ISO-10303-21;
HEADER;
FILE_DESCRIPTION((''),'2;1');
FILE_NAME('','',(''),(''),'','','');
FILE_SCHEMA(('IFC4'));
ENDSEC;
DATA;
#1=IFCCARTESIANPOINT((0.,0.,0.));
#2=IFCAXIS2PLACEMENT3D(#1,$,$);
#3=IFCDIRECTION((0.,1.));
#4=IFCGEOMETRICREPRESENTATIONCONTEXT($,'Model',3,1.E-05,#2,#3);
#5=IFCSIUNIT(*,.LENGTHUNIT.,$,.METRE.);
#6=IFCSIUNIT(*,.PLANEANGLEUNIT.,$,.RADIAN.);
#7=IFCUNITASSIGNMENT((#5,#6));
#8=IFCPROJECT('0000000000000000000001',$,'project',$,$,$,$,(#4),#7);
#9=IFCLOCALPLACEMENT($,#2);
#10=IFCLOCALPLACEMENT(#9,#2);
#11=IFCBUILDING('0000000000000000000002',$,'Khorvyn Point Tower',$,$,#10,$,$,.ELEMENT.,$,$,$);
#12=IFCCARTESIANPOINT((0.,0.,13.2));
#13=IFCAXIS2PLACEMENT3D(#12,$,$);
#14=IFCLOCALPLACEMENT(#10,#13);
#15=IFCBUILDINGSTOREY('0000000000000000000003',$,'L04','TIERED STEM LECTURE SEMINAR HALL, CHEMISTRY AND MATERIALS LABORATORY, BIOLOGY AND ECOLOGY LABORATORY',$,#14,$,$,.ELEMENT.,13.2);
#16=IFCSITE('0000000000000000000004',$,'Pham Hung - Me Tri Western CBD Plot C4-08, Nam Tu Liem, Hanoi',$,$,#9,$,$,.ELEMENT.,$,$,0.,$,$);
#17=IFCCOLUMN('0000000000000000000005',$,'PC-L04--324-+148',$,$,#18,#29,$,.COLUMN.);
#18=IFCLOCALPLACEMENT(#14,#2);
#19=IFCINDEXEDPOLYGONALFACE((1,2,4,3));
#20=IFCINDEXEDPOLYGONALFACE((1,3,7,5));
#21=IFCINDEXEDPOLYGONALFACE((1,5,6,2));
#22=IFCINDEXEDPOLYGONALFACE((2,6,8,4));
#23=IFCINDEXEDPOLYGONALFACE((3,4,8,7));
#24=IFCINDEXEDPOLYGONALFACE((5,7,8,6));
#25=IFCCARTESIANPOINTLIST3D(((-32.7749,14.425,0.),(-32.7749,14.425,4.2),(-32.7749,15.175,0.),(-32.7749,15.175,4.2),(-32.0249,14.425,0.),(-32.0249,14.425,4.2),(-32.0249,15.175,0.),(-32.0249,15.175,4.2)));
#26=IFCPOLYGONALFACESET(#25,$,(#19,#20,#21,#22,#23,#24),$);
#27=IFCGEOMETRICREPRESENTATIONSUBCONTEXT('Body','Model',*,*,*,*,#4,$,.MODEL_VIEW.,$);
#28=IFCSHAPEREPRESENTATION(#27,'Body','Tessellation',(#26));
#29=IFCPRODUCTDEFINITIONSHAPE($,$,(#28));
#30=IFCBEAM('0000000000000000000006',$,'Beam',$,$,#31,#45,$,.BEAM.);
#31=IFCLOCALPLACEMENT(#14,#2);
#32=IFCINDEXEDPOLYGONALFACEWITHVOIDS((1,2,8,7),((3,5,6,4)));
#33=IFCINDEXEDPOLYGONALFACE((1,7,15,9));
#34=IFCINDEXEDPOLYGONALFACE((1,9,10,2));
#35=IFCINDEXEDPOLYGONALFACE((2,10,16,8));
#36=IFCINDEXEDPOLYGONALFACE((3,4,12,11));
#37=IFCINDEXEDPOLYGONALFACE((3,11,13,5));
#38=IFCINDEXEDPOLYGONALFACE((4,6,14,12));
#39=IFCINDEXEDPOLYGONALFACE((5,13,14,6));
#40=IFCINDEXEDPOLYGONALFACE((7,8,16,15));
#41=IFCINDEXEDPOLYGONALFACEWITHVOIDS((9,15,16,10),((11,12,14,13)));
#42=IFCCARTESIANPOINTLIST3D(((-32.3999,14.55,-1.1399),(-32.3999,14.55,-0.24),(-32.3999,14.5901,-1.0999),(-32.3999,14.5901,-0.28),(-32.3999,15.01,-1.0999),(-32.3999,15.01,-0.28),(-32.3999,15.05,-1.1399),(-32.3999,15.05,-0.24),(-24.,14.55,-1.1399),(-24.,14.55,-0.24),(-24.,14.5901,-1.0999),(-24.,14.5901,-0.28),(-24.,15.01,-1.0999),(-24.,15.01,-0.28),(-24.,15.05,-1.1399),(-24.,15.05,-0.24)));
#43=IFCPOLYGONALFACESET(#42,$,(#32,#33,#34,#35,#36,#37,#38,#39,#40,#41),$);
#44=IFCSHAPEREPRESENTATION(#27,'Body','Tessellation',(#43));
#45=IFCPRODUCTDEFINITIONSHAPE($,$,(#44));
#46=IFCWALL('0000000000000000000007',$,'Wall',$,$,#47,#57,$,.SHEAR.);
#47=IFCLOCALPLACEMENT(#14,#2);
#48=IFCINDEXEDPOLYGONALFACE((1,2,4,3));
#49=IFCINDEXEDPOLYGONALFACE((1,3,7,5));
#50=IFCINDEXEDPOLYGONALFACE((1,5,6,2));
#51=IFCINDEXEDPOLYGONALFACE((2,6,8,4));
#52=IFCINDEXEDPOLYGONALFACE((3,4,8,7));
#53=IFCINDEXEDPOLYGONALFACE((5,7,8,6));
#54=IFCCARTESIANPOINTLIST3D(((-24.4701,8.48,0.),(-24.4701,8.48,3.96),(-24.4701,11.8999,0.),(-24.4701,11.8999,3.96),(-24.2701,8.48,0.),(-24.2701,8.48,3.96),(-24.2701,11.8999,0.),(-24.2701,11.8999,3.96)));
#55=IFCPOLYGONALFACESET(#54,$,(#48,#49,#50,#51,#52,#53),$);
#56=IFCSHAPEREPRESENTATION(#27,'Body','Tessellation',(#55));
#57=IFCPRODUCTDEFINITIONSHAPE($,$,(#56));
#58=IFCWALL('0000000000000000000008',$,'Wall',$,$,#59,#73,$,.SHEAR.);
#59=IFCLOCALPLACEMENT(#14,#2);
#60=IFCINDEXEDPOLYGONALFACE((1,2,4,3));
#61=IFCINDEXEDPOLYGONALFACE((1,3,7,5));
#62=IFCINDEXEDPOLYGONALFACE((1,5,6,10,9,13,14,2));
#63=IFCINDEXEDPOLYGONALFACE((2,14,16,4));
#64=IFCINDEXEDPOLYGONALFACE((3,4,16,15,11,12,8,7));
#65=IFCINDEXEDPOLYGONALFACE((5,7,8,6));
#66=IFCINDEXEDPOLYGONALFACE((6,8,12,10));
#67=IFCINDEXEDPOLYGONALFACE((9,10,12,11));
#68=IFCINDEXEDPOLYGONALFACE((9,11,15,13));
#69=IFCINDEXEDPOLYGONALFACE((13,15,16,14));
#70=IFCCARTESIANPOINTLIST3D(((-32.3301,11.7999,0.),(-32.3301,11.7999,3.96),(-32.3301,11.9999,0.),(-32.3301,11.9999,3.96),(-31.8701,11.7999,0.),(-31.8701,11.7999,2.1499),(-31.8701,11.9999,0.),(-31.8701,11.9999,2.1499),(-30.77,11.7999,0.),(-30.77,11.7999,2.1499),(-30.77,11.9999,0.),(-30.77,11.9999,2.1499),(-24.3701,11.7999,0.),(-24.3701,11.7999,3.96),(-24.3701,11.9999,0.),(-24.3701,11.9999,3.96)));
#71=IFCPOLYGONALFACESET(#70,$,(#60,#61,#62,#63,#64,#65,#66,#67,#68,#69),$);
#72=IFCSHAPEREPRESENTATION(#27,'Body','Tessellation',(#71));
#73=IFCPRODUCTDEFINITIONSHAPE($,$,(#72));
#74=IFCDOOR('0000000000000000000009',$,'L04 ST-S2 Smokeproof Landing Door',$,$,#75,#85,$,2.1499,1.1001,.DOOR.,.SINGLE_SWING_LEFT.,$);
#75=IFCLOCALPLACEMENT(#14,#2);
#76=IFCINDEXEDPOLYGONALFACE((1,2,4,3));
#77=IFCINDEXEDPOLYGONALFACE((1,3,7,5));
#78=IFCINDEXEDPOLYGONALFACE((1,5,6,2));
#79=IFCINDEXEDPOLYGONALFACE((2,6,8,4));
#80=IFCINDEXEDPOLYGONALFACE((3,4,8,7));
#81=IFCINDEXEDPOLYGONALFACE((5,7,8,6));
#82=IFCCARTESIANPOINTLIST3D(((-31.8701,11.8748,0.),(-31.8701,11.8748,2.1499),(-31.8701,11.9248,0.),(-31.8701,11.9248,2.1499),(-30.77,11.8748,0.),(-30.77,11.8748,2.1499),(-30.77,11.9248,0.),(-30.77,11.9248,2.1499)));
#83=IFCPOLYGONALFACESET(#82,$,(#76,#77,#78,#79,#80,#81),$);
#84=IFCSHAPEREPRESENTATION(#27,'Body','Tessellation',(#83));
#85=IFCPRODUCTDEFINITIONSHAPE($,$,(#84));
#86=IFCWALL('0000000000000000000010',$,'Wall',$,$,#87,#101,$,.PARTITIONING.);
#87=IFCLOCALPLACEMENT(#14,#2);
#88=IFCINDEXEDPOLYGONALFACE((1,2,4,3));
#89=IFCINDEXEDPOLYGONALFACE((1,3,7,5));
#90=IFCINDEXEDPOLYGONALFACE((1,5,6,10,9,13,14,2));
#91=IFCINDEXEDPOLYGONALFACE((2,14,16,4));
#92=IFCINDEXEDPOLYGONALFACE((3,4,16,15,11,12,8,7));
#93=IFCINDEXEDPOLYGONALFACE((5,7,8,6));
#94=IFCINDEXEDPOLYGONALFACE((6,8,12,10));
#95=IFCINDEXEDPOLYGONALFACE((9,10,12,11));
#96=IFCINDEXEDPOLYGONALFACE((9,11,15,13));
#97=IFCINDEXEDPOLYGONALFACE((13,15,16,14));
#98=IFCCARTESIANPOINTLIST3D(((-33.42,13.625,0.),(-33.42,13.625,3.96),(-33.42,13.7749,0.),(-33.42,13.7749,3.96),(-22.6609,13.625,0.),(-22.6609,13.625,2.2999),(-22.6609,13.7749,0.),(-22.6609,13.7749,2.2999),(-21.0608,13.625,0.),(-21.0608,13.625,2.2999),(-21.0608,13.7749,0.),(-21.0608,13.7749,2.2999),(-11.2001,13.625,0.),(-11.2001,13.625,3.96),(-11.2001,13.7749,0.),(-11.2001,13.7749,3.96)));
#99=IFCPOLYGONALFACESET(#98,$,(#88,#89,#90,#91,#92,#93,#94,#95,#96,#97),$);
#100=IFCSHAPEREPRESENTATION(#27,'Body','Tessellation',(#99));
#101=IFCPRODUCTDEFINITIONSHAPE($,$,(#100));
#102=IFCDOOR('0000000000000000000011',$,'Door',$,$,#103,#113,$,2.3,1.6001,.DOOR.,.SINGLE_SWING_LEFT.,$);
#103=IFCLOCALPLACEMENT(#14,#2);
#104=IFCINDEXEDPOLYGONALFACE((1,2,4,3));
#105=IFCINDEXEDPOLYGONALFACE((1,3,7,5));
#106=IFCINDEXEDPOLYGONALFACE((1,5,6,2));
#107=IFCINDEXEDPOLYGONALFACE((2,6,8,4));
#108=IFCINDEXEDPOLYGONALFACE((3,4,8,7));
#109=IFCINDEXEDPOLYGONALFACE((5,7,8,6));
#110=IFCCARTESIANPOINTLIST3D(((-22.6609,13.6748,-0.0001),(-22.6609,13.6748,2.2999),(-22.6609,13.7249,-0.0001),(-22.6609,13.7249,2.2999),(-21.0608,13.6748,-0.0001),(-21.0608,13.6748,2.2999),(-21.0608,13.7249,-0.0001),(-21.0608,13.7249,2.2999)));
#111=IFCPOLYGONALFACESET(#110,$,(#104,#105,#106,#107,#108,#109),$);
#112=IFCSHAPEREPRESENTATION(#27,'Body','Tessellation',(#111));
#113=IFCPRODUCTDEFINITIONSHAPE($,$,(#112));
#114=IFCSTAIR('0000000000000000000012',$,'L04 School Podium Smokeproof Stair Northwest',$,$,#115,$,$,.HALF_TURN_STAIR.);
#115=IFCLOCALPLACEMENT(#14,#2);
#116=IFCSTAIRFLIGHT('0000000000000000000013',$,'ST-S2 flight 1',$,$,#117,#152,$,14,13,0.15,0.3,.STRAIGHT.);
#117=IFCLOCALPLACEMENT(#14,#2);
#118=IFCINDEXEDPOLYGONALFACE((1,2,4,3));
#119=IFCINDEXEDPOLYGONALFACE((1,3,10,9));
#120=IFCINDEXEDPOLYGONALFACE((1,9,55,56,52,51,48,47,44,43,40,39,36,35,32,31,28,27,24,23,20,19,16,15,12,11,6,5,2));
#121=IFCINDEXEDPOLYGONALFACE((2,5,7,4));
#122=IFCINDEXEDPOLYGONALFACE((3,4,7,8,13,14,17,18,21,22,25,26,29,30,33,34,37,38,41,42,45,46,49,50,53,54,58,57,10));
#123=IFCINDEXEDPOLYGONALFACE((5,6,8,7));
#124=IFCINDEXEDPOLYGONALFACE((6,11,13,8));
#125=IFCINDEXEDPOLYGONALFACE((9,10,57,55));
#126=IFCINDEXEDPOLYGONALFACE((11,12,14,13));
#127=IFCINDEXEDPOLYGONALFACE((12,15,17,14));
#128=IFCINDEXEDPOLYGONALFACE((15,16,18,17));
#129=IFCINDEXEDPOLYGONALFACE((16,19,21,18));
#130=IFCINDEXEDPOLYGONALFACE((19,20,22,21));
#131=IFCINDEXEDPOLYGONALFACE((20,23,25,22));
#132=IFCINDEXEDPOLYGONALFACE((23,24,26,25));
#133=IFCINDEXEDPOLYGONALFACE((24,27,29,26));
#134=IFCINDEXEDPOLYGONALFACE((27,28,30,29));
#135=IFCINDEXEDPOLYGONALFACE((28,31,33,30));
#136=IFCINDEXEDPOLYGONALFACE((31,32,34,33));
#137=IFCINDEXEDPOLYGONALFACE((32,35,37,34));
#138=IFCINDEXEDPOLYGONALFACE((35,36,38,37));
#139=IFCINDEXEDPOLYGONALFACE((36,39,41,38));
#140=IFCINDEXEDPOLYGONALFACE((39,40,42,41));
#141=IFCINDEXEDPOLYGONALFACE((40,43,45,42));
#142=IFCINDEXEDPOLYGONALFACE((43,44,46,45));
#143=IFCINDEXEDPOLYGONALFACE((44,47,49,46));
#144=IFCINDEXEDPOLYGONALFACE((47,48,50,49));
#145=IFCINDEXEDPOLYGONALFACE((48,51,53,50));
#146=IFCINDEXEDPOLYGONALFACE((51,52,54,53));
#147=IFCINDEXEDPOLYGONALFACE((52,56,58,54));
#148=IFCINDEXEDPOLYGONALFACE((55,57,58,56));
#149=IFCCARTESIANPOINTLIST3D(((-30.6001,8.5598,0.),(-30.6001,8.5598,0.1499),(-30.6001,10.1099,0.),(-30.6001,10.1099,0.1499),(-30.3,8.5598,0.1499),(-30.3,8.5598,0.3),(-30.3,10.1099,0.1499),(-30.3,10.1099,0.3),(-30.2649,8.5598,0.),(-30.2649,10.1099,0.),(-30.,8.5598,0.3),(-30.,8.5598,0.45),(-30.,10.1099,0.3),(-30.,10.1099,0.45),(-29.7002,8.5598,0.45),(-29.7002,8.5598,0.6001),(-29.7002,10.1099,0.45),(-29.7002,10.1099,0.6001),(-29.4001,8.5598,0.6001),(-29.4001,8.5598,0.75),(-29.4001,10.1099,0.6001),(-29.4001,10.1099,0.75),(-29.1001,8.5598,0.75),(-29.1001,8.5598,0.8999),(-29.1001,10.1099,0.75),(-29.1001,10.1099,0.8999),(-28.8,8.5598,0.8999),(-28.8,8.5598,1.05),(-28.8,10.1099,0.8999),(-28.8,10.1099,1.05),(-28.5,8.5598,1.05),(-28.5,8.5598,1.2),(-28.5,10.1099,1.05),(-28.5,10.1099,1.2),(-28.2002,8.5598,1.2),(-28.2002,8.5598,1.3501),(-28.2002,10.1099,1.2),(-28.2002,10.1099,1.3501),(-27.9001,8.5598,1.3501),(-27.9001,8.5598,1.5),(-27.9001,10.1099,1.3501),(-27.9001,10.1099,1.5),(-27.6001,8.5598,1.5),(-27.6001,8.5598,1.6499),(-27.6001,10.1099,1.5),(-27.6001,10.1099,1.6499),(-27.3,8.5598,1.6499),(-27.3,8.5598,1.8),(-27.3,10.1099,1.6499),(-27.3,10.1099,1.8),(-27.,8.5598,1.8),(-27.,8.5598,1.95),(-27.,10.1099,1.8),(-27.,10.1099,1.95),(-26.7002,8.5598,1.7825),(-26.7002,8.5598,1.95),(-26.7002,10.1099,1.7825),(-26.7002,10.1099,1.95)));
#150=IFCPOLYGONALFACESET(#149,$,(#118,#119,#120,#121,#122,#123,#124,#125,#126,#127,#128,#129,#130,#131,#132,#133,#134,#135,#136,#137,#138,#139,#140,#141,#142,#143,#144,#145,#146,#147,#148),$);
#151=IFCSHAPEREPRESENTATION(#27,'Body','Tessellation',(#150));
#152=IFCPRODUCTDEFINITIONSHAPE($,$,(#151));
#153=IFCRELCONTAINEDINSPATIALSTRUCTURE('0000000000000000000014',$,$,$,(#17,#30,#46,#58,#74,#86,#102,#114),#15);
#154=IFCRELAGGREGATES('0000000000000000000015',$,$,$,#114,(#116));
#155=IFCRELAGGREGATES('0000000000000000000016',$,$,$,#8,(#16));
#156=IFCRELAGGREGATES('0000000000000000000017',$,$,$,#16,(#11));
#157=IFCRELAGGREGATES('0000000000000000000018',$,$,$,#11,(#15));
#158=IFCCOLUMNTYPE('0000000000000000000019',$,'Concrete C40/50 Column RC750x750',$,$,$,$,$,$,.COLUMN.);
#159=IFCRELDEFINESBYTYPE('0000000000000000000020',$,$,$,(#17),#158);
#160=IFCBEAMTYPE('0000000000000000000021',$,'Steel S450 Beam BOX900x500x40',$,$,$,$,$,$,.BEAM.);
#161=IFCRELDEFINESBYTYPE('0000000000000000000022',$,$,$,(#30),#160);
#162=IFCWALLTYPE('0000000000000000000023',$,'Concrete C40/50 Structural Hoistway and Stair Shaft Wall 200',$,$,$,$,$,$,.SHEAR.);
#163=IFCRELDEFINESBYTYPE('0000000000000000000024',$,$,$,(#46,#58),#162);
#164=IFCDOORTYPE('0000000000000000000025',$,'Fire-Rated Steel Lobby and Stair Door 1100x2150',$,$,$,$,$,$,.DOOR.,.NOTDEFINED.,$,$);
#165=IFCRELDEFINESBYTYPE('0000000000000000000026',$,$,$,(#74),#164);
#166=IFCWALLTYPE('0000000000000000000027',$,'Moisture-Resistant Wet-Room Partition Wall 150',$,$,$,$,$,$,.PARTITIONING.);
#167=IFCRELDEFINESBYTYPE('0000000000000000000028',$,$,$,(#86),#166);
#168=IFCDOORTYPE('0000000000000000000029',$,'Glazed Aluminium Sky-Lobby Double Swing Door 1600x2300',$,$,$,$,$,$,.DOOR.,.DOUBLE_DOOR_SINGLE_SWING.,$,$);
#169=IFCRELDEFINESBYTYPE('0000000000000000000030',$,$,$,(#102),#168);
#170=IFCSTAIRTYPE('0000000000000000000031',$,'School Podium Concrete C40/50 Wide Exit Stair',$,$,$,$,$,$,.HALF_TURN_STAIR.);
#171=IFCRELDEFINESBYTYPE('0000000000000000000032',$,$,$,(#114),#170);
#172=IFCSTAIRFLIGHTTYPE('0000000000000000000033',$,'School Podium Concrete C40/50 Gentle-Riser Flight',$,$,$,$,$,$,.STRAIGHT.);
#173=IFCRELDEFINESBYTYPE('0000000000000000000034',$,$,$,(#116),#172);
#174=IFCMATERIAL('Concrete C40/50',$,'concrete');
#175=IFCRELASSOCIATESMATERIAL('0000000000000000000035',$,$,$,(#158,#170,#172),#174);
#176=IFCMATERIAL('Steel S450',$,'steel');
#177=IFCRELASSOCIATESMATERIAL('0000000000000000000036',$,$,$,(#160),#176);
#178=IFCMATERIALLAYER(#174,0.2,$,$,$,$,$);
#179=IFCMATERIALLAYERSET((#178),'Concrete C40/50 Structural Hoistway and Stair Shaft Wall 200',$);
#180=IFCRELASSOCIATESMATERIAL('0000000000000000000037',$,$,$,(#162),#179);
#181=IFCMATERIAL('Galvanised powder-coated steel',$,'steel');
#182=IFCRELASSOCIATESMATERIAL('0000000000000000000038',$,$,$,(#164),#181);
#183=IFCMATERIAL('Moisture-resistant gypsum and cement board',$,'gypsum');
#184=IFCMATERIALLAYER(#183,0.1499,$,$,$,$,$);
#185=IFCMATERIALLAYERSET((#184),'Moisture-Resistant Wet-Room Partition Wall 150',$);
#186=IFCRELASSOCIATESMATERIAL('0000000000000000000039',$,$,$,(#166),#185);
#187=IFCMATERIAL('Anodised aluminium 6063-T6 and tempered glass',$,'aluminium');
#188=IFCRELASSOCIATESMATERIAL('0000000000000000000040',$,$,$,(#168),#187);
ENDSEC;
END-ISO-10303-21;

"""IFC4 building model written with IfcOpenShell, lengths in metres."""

from ifc_helpers import new_model, si_unit, direction, frame, frame_2d, origin, origin_2d, place, context, subcontext, project, spatial, polyline, rectangle, hollow_rectangle, outline, extrude, material, layer, layer_set, material_profile, profile_set, type_object, element, fill, aggregate, save


model = new_model("IFC4")

# Units and contexts
model_context = context("Model", 3, precision=1e-05, world=origin(), true_north=direction((0.0, 1.0)))
body_context = subcontext(model_context, "Body", "Model", "MODEL_VIEW")
ifc_project = project(units=[si_unit("LENGTHUNIT", "METRE"), si_unit("PLANEANGLEUNIT", "RADIAN")], contexts=[model_context])

# Site, building, storey
site_placement = place(None, origin())
site = spatial("IfcSite", under=ifc_project, at=site_placement, Name="Pham Hung - Me Tri Western CBD Plot C4-08, Nam Tu Liem, Hanoi", CompositionType="ELEMENT", RefElevation=0.0)
building_placement = place(site_placement, origin())
building = spatial("IfcBuilding", under=site, at=building_placement, Name="Khorvyn Point Tower", CompositionType="ELEMENT")
storey_placement = place(building_placement, frame((0.0, 0.0, 13.2)))
storey = spatial("IfcBuildingStorey", under=building, at=storey_placement, Name="L04", Description="TIERED STEM LECTURE SEMINAR HALL, CHEMISTRY AND MATERIALS LABORATORY, BIOLOGY AND ECOLOGY LABORATORY", CompositionType="ELEMENT", Elevation=13.2)

# Column
ifc_material_1 = material(Name="Concrete C40/50", Category="concrete")
ifc_material_profile_1 = material_profile(ifc_material_1, rectangle(XDim=0.75, YDim=0.75, at=origin_2d()))
ifc_profile_set_1 = profile_set([ifc_material_profile_1], Name="Concrete C40/50 RC750x750")
column_type = type_object("IfcColumnType", Name="Concrete C40/50 Column RC750x750", PredefinedType="COLUMN", material=ifc_profile_set_1)
column_placement = place(storey_placement, frame((-32.3999, 14.8, 0.0), z_axis=(0.0, 0.0, 1.0), x_axis=(1.0, 0.0, 0.0)))
element("IfcColumn", 1, at=column_placement, inside=storey, type_object=column_type, Name="PC-L04--324-+148", PredefinedType="COLUMN", context=body_context, shape_type="SweptSolid", body=[
    extrude(rectangle(XDim=0.75, YDim=0.75, at=origin_2d()), origin(), (0.0, 0.0, 1.0), 4.2),
])

# Beam
ifc_material_2 = material(Name="Steel S450", Category="steel")
ifc_material_profile_2 = material_profile(ifc_material_2, hollow_rectangle(XDim=0.5, YDim=0.8999, WallThickness=0.04, at=origin_2d()))
ifc_profile_set_2 = profile_set([ifc_material_profile_2], Name="Steel S450 BOX900x500x40")
beam_type = type_object("IfcBeamType", Name="Steel S450 Beam BOX900x500x40", PredefinedType="BEAM", material=ifc_profile_set_2)
beam_placement = place(storey_placement, frame((-32.3999, 14.8, -0.6899), z_axis=(1.0, 0.0, 0.0), x_axis=(0.0, 1.0, 0.0)))
element("IfcBeam", 2, at=beam_placement, inside=storey, type_object=beam_type, Name="Beam", PredefinedType="BEAM", context=body_context, shape_type="SweptSolid", body=[
    extrude(hollow_rectangle(XDim=0.5, YDim=0.8999, WallThickness=0.04, at=origin_2d()), origin(), (0.0, 0.0, 1.0), 8.3999),
])

# Wall
ifc_layer_1 = layer(ifc_material_1, 0.2)
ifc_layer_set_1 = layer_set([ifc_layer_1], Name="Concrete C40/50 Structural Hoistway and Stair Shaft Wall 200")
wall_type_1 = type_object("IfcWallType", Name="Concrete C40/50 Structural Hoistway and Stair Shaft Wall 200", PredefinedType="SHEAR", material=ifc_layer_set_1)
wall_1_placement = place(storey_placement, frame((-24.3701, 11.8999, 0.0), z_axis=(0.0, 0.0, 1.0), x_axis=(0.0, -1.0, 0.0)))
element("IfcWall", 3, at=wall_1_placement, inside=storey, type_object=wall_type_1, Name="Wall", PredefinedType="SHEAR", context=body_context, shape_type="SweptSolid", body=[
    extrude(rectangle(XDim=3.4199, YDim=0.2, at=frame_2d((1.71, 0.0))), origin(), (0.0, 0.0, 1.0), 3.96),
])

# Walls, openings, doors
wall_2_placement = place(storey_placement, frame((-32.3301, 11.8999, 0.0), z_axis=(0.0, 0.0, 1.0), x_axis=(1.0, 0.0, 0.0)))
wall_2 = element("IfcWall", 4, at=wall_2_placement, inside=storey, type_object=wall_type_1, Name="Wall", PredefinedType="SHEAR", context=body_context, shape_type="SweptSolid", body=[
    extrude(rectangle(XDim=7.96, YDim=0.2, at=frame_2d((3.98, 0.0))), origin(), (0.0, 0.0, 1.0), 3.96),
])
opening_1_placement = place(wall_2_placement, frame((0.46, 0.0, 0.0)))
opening_1 = element("IfcOpeningElement", 5, at=opening_1_placement, cuts=wall_2, PredefinedType="OPENING", context=body_context, shape_type="SweptSolid", body=[
    extrude(rectangle(XDim=1.1001, YDim=2.1499, at=frame_2d((0.55, 1.075))), frame((0.0, 0.1099, 0.0), z_axis=(0.0, -1.0, 0.0), x_axis=(1.0, 0.0, 0.0)), (0.0, 0.0, 1.0), 0.22),
])
ifc_material_3 = material(Name="Galvanised powder-coated steel", Category="steel")
door_type_1 = type_object("IfcDoorType", Name="Fire-Rated Steel Lobby and Stair Door 1100x2150", OperationType="NOTDEFINED", PredefinedType="DOOR", material=ifc_material_3)
door_1_placement = place(opening_1_placement, origin())
door_1 = element("IfcDoor", 6, at=door_1_placement, inside=storey, type_object=door_type_1, Name="L04 ST-S2 Smokeproof Landing Door", OperationType="SINGLE_SWING_LEFT", OverallHeight=2.1499, OverallWidth=1.1001, PredefinedType="DOOR", context=body_context, shape_type="SweptSolid", body=[
    extrude(rectangle(XDim=1.1001, YDim=2.1499, at=frame_2d((0.55, 1.075))), frame((0.0, 0.0249, 0.0), z_axis=(0.0, -1.0, 0.0), x_axis=(1.0, 0.0, 0.0)), (0.0, 0.0, 1.0), 0.05),
])
fill(opening_1, door_1)
ifc_material_4 = material(Name="Moisture-resistant gypsum and cement board", Category="gypsum")
ifc_layer_2 = layer(ifc_material_4, 0.1499)
ifc_layer_set_2 = layer_set([ifc_layer_2], Name="Moisture-Resistant Wet-Room Partition Wall 150")
wall_type_2 = type_object("IfcWallType", Name="Moisture-Resistant Wet-Room Partition Wall 150", PredefinedType="PARTITIONING", material=ifc_layer_set_2)
wall_3_placement = place(storey_placement, frame((-33.4199, 13.7, 0.0), z_axis=(0.0, 0.0, 1.0), x_axis=(1.0, 0.0, 0.0)))
wall_3 = element("IfcWall", 7, at=wall_3_placement, inside=storey, type_object=wall_type_2, Name="Wall", PredefinedType="PARTITIONING", context=body_context, shape_type="SweptSolid", body=[
    extrude(rectangle(XDim=22.22, YDim=0.1499, at=frame_2d((11.1099, 0.0))), origin(), (0.0, 0.0, 1.0), 3.96),
])
opening_2_placement = place(wall_3_placement, frame((10.759, 0.0, 0.0)))
opening_2 = element("IfcOpeningElement", 8, at=opening_2_placement, cuts=wall_3, PredefinedType="OPENING", context=body_context, shape_type="SweptSolid", body=[
    extrude(rectangle(XDim=1.6001, YDim=2.3, at=frame_2d((0.8, 1.1499))), frame((0.0, 0.085, 0.0), z_axis=(0.0, -1.0, 0.0), x_axis=(1.0, 0.0, 0.0)), (0.0, 0.0, 1.0), 0.1699),
])
ifc_material_5 = material(Name="Anodised aluminium 6063-T6 and tempered glass", Category="aluminium")
door_type_2 = type_object("IfcDoorType", Name="Glazed Aluminium Sky-Lobby Double Swing Door 1600x2300", OperationType="DOUBLE_DOOR_SINGLE_SWING", PredefinedType="DOOR", material=ifc_material_5)
door_2_placement = place(opening_2_placement, origin())
door_2 = element("IfcDoor", 9, at=door_2_placement, inside=storey, type_object=door_type_2, Name="Door", OperationType="SINGLE_SWING_LEFT", OverallHeight=2.3, OverallWidth=1.6001, PredefinedType="DOOR", context=body_context, shape_type="SweptSolid", body=[
    extrude(rectangle(XDim=1.6001, YDim=2.3, at=frame_2d((0.8, 1.1499))), frame((0.0, 0.0249, 0.0), z_axis=(0.0, -1.0, 0.0), x_axis=(1.0, 0.0, 0.0)), (0.0, 0.0, 1.0), 0.05),
])
fill(opening_2, door_2)

# Stair, stair flight
stair_type = type_object("IfcStairType", Name="School Podium Concrete C40/50 Wide Exit Stair", PredefinedType="HALF_TURN_STAIR", material=ifc_material_1)
stair_placement = place(storey_placement, origin())
stair = element("IfcStair", 10, at=stair_placement, inside=storey, type_object=stair_type, Name="L04 School Podium Smokeproof Stair Northwest", PredefinedType="HALF_TURN_STAIR")
stair_flight_type = type_object("IfcStairFlightType", Name="School Podium Concrete C40/50 Gentle-Riser Flight", PredefinedType="STRAIGHT", material=ifc_material_1)
stair_flight_1_placement = place(storey_placement, frame((-30.6001, 9.335, 0.0), z_axis=(0.0, 0.0, 1.0), x_axis=(1.0, 0.0, 0.0)))
stair_flight_1 = element("IfcStairFlight", 11, at=stair_flight_1_placement, type_object=stair_flight_type, Name="ST-S2 flight 1", NumberOfRisers=14, NumberOfTreads=13, PredefinedType="STRAIGHT", RiserHeight=0.15, TreadLength=0.3, context=body_context, shape_type="SweptSolid", body=[
    extrude(outline(polyline([(0.0, 0.0), (0.0, 0.1499), (0.3, 0.1499), (0.3, 0.3), (0.6001, 0.3), (0.6001, 0.45), (0.8999, 0.45), (0.8999, 0.6001), (1.2, 0.6001), (1.2, 0.75), (1.5, 0.75), (1.5, 0.8999), (1.8, 0.8999), (1.8, 1.05), (2.1001, 1.05), (2.1001, 1.2), (2.3999, 1.2), (2.3999, 1.3501), (2.7, 1.3501), (2.7, 1.5), (3.0, 1.5), (3.0, 1.6499), (3.3, 1.6499), (3.3, 1.8), (3.6001, 1.8), (3.6001, 1.95), (3.8999, 1.95), (3.8999, 2.1001), (3.8999, 1.7825), (0.3352, 0.0), (0.0, 0.0)])), frame((0.0, 0.7749, 0.0), z_axis=(0.0, -1.0, 0.0), x_axis=(1.0, 0.0, 0.0)), (0.0, 0.0, 1.0), 1.55),
])
aggregate(stair, [stair_flight_1])

save(model, "model.ifc")
